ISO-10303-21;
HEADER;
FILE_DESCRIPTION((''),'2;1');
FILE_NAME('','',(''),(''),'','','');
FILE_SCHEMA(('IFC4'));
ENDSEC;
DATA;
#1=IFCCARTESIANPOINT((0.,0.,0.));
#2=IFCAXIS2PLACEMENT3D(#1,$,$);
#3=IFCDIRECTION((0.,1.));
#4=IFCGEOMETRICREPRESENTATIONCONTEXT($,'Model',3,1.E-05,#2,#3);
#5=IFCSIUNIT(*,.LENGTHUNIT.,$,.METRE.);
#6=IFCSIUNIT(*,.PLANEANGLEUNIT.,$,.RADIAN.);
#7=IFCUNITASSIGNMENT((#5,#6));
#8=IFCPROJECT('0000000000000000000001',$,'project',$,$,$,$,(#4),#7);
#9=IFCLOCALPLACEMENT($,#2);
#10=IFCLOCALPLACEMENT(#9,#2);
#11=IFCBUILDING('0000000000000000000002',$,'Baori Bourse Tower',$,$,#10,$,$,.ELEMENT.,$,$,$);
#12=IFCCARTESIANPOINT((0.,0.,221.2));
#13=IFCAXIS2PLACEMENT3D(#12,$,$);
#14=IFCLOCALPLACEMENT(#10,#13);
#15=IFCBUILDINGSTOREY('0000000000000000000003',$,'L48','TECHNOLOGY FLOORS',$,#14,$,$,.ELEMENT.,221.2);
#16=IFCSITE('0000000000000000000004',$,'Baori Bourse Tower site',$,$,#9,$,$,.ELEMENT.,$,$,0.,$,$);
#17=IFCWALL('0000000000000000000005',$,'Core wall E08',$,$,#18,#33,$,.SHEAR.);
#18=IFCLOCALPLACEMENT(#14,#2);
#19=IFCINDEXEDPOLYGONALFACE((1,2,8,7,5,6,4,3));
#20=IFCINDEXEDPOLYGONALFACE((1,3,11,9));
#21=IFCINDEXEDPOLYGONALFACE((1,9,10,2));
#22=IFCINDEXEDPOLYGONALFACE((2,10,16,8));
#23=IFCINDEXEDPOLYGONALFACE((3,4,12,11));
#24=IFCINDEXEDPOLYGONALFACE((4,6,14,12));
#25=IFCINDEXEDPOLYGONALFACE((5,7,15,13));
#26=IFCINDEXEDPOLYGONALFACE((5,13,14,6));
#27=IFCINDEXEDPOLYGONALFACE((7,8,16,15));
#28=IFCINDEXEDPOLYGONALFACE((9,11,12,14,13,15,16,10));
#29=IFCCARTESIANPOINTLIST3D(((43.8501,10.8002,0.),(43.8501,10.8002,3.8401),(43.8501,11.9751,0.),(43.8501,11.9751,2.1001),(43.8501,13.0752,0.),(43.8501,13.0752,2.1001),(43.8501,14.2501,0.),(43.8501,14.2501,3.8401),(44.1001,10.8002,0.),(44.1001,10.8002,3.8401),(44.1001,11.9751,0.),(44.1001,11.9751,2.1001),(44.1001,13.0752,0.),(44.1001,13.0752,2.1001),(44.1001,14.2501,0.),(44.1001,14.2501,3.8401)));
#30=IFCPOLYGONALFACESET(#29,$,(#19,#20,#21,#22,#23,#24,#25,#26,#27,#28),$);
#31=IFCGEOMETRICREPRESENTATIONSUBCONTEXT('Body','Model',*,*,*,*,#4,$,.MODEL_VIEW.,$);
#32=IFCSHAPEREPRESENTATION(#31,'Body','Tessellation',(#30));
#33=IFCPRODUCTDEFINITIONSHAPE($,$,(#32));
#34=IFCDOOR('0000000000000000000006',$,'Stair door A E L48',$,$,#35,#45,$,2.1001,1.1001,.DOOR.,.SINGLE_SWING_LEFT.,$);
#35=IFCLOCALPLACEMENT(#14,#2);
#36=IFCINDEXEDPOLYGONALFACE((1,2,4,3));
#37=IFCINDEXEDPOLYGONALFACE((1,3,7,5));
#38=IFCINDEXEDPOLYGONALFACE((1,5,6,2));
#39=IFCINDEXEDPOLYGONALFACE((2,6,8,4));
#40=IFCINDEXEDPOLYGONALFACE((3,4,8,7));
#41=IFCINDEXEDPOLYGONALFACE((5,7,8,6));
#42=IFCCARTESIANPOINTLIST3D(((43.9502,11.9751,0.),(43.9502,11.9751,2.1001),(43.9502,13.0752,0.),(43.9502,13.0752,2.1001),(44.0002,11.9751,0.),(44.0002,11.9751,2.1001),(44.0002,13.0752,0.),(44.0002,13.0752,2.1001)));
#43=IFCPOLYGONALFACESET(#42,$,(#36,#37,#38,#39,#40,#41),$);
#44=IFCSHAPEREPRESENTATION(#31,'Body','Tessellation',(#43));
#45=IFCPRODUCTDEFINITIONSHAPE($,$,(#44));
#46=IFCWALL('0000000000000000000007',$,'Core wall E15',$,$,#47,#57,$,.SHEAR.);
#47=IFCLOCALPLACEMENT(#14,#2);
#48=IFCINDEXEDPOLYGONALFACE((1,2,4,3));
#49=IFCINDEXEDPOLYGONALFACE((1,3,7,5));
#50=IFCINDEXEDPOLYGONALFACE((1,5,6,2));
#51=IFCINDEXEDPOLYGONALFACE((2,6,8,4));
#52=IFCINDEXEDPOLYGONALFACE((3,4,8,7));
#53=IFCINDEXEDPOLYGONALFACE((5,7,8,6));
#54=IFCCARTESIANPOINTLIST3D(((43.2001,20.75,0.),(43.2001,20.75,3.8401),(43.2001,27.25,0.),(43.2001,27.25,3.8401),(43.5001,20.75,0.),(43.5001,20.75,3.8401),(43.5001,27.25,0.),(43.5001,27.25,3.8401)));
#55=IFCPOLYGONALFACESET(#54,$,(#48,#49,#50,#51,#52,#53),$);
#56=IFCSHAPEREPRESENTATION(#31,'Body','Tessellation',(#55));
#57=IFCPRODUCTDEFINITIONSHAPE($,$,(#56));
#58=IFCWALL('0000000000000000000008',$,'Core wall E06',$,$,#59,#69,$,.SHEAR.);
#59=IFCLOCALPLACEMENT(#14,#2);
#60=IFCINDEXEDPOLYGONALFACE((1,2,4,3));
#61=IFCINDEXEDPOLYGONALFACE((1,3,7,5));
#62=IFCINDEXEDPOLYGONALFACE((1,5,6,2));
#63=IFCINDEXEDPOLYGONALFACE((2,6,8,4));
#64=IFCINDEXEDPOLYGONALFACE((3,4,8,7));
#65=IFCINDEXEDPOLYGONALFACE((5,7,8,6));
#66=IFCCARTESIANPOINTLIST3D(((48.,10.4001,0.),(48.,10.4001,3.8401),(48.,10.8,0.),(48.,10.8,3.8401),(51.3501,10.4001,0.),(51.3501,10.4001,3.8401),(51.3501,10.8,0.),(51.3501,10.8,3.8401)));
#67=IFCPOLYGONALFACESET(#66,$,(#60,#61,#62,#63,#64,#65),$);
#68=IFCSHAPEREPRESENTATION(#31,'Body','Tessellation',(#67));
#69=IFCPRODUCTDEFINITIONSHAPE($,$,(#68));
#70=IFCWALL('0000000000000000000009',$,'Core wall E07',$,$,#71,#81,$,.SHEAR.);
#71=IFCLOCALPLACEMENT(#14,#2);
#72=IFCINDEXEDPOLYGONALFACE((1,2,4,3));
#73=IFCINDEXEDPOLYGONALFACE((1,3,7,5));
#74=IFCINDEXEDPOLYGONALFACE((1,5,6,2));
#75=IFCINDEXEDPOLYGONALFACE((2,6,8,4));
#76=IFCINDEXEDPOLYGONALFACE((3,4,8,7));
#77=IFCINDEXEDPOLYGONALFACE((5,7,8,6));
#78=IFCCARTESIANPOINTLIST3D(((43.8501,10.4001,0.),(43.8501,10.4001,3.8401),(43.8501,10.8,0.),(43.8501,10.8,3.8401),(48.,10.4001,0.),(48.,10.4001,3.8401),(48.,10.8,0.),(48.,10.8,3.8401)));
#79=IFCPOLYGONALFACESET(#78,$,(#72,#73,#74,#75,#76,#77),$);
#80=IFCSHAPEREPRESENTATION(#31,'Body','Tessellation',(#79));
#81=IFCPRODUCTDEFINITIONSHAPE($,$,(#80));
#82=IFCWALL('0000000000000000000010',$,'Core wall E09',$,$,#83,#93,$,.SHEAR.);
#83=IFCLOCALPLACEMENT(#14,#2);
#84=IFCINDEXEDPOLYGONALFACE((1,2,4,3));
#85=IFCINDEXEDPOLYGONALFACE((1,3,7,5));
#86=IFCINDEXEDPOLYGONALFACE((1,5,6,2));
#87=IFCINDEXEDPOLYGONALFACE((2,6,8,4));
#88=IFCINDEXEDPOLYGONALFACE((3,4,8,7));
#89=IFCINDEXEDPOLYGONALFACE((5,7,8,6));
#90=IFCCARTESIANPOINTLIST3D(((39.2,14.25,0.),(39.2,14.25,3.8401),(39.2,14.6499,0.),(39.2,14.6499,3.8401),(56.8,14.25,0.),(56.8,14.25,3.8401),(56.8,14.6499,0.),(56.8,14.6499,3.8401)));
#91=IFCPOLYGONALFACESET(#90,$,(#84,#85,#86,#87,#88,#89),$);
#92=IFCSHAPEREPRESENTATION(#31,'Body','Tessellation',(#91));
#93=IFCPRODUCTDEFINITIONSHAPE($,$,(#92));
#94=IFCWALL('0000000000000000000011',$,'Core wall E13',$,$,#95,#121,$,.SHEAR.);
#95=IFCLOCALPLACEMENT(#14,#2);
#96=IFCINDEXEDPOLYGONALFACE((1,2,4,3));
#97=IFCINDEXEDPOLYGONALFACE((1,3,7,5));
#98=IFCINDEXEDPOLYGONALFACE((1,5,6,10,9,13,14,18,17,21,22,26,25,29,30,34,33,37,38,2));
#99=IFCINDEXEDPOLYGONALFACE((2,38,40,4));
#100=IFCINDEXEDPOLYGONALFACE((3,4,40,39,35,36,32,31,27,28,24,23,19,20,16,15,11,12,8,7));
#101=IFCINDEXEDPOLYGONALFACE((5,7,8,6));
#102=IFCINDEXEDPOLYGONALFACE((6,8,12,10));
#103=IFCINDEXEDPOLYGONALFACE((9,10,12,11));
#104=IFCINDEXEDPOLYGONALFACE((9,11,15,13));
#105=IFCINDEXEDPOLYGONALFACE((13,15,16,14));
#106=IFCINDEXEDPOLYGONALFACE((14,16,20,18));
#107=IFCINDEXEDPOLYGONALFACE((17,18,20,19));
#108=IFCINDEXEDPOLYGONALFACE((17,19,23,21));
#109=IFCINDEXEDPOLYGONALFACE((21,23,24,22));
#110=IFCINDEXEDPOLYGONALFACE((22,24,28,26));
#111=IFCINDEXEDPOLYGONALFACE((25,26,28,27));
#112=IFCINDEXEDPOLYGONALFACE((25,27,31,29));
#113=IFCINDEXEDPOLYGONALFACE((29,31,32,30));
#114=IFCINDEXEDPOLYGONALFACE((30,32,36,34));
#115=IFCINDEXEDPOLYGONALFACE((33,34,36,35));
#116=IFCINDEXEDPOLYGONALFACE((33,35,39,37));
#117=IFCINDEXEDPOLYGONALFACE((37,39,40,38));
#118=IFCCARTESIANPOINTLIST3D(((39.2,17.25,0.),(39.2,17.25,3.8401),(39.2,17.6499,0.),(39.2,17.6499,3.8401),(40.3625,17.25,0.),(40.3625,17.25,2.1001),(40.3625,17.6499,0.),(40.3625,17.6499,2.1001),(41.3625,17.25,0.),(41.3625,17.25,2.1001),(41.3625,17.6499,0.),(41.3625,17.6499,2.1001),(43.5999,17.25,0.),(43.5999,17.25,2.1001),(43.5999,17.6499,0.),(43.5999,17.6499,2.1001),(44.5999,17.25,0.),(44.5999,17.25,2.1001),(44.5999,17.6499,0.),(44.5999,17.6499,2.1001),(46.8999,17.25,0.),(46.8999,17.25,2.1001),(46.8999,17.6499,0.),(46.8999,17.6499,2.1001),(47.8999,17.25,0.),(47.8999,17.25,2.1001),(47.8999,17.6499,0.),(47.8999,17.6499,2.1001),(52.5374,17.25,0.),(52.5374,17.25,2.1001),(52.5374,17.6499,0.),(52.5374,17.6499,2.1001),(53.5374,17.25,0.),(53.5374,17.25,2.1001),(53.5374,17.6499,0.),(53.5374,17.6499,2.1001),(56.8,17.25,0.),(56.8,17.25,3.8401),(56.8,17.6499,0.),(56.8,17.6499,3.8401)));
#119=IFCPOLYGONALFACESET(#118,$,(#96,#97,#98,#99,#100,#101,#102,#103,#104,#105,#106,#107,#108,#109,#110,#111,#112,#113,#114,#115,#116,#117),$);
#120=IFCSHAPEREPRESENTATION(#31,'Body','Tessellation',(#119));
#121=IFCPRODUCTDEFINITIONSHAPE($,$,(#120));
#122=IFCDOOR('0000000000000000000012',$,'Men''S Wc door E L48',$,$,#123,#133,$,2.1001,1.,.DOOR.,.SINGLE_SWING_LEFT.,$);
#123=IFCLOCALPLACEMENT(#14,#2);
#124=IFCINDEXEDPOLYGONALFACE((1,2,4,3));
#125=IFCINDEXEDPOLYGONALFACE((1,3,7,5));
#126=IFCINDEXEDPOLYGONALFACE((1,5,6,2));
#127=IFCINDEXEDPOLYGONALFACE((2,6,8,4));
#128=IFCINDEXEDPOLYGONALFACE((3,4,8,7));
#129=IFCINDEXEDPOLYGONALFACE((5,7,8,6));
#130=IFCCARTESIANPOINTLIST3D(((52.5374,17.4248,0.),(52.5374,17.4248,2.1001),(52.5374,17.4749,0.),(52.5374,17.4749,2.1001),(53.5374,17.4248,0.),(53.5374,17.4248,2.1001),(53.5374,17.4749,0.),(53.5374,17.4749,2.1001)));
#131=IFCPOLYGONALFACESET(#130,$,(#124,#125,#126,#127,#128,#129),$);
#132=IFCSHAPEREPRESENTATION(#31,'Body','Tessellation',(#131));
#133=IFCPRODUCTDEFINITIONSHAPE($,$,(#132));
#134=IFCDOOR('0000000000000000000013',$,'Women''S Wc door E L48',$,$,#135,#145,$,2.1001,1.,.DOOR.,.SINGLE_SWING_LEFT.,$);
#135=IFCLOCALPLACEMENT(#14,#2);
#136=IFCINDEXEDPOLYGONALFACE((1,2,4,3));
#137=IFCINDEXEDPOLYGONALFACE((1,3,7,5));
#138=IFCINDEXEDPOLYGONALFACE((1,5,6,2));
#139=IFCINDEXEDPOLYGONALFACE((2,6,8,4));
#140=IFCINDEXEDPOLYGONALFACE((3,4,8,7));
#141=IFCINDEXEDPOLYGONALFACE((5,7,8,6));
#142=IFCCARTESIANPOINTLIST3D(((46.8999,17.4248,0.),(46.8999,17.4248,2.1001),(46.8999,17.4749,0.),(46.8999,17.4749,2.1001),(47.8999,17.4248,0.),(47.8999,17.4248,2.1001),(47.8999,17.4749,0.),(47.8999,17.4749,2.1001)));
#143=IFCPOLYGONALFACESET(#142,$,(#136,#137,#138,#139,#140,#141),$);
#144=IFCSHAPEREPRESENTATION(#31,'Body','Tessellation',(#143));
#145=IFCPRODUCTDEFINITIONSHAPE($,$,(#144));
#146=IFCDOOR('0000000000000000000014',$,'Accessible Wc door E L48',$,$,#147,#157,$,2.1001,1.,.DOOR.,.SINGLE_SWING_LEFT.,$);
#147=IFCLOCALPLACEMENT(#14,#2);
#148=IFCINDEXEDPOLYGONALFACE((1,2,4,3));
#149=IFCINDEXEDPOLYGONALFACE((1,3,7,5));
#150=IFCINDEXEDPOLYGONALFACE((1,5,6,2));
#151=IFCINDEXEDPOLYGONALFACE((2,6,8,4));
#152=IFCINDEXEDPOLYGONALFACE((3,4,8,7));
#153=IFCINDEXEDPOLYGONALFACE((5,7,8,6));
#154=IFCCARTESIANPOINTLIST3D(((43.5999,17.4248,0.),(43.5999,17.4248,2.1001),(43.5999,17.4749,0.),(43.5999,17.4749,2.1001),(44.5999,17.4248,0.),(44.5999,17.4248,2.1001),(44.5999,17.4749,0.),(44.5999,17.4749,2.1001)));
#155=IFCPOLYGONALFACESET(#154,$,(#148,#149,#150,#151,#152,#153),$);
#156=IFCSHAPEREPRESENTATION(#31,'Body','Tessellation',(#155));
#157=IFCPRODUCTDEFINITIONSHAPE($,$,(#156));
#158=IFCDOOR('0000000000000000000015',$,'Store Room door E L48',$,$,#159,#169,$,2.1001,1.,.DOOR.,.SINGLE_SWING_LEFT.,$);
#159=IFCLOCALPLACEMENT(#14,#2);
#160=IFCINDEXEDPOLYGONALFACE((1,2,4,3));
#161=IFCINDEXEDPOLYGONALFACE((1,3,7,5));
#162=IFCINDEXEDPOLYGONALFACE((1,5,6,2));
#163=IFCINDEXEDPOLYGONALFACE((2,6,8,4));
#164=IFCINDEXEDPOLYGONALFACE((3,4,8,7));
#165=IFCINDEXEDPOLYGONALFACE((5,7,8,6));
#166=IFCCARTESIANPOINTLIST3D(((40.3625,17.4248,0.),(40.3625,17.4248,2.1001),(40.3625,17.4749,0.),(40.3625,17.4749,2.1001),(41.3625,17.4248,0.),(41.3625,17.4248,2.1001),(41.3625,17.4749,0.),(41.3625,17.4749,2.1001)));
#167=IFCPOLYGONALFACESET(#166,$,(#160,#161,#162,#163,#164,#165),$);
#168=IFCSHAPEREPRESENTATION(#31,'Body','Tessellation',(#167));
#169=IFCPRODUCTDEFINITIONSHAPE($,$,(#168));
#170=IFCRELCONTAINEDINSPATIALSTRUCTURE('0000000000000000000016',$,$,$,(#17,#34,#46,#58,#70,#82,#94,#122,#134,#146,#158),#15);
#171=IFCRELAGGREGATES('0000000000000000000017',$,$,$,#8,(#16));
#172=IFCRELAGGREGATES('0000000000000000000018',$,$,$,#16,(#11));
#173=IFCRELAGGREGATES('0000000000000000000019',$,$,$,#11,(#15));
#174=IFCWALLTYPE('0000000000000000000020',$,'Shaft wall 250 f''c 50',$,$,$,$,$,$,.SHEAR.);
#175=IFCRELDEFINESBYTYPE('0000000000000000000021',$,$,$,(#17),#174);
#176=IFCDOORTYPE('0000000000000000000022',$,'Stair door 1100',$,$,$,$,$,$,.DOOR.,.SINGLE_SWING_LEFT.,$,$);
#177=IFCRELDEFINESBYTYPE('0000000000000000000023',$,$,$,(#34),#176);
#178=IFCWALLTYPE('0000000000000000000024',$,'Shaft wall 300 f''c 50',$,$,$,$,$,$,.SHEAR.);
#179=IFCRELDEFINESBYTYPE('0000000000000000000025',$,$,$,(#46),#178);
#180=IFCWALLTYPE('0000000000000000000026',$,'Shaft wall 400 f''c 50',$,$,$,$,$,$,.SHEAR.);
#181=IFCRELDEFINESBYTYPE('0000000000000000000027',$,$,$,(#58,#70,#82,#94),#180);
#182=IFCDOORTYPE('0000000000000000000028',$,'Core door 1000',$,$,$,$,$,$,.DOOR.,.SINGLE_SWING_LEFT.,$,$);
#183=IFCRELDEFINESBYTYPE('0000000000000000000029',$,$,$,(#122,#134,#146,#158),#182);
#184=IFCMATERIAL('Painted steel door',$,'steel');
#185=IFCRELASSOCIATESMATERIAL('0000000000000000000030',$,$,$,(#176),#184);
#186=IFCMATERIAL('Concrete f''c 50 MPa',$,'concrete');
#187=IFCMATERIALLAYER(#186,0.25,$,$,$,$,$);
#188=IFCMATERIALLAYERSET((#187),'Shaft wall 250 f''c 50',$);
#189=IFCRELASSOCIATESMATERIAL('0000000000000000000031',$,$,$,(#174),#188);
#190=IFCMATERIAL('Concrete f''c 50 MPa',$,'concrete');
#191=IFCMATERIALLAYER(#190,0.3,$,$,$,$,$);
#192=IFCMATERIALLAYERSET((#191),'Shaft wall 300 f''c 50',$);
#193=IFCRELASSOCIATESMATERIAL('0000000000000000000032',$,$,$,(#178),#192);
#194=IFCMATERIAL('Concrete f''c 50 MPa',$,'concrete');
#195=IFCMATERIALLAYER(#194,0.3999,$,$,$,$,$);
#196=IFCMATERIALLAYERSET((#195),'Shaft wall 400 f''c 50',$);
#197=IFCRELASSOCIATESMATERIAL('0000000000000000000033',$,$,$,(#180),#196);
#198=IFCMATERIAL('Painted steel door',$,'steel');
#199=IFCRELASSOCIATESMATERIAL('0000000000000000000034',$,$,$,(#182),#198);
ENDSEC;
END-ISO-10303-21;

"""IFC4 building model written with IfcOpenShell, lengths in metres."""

from ifc_helpers import new_model, si_unit, direction, frame, frame_2d, origin, place, context, subcontext, project, spatial, rectangle, extrude, material, layer, layer_set, type_object, element, fill, save


model = new_model("IFC4")

# Units and contexts
model_context = context("Model", 3, precision=1e-05, world=origin(), true_north=direction((0.0, 1.0)))
body_context = subcontext(model_context, "Body", "Model", "MODEL_VIEW")
ifc_project = project(units=[si_unit("LENGTHUNIT", "METRE"), si_unit("PLANEANGLEUNIT", "RADIAN")], contexts=[model_context])

# Site, building, storey
site_placement = place(None, origin())
site = spatial("IfcSite", under=ifc_project, at=site_placement, Name="Baori Bourse Tower site", CompositionType="ELEMENT", RefElevation=0.0)
building_placement = place(site_placement, origin())
building = spatial("IfcBuilding", under=site, at=building_placement, Name="Baori Bourse Tower", CompositionType="ELEMENT")
storey_placement = place(building_placement, frame((0.0, 0.0, 221.2)))
storey = spatial("IfcBuildingStorey", under=building, at=storey_placement, Name="L48", Description="TECHNOLOGY FLOORS", CompositionType="ELEMENT", Elevation=221.2)

# Wall, opening, door
ifc_material_1 = material(Name="Painted steel door", Category="steel")
door_type_1 = type_object("IfcDoorType", Name="Stair door 1100", OperationType="SINGLE_SWING_LEFT", PredefinedType="DOOR", material=ifc_material_1)
ifc_material_2 = material(Name="Concrete f'c 50 MPa", Category="concrete")
ifc_layer_1 = layer(ifc_material_2, 0.25)
ifc_layer_set_1 = layer_set([ifc_layer_1], Name="Shaft wall 250 f'c 50")
wall_type_1 = type_object("IfcWallType", Name="Shaft wall 250 f'c 50", PredefinedType="SHEAR", material=ifc_layer_set_1)
wall_1_placement = place(storey_placement, frame((43.9751, 10.8, 0.0), z_axis=(0.0, 0.0, 1.0), x_axis=(0.0, 1.0, 0.0)))
wall_1 = element("IfcWall", 1, at=wall_1_placement, inside=storey, type_object=wall_type_1, Name="Core wall E08", PredefinedType="SHEAR", context=body_context, shape_type="SweptSolid", body=[
    extrude(rectangle(XDim=3.45, YDim=0.25, at=frame_2d((1.7251, 0.0))), origin(), (0.0, 0.0, 1.0), 3.8401),
])
opening_1_placement = place(wall_1_placement, frame((1.175, 0.0, 0.0)))
opening_1 = element("IfcOpeningElement", 2, at=opening_1_placement, cuts=wall_1, PredefinedType="OPENING", context=body_context, shape_type="SweptSolid", body=[
    extrude(rectangle(XDim=1.1001, YDim=2.1001, at=frame_2d((0.55, 1.05))), frame((0.0, 0.135, 0.0), z_axis=(0.0, -1.0, 0.0), x_axis=(1.0, 0.0, 0.0)), (0.0, 0.0, 1.0), 0.27),
])
door_1_placement = place(opening_1_placement, origin())
door_1 = element("IfcDoor", 3, at=door_1_placement, inside=storey, type_object=door_type_1, Name="Stair door A E L48", OperationType="SINGLE_SWING_LEFT", OverallHeight=2.1001, OverallWidth=1.1001, PredefinedType="DOOR", context=body_context, shape_type="SweptSolid", body=[
    extrude(rectangle(XDim=1.1001, YDim=2.1001, at=frame_2d((0.55, 1.05))), frame((0.0, 0.0249, 0.0), z_axis=(0.0, -1.0, 0.0), x_axis=(1.0, 0.0, 0.0)), (0.0, 0.0, 1.0), 0.05),
])
fill(opening_1, door_1)

# Walls
ifc_material_3 = material(Name="Concrete f'c 50 MPa", Category="concrete")
ifc_layer_2 = layer(ifc_material_3, 0.3)
ifc_layer_set_2 = layer_set([ifc_layer_2], Name="Shaft wall 300 f'c 50")
wall_type_2 = type_object("IfcWallType", Name="Shaft wall 300 f'c 50", PredefinedType="SHEAR", material=ifc_layer_set_2)
wall_2_placement = place(storey_placement, frame((43.3501, 20.75, 0.0), z_axis=(0.0, 0.0, 1.0), x_axis=(0.0, 1.0, 0.0)))
element("IfcWall", 4, at=wall_2_placement, inside=storey, type_object=wall_type_2, Name="Core wall E15", PredefinedType="SHEAR", context=body_context, shape_type="SweptSolid", body=[
    extrude(rectangle(XDim=6.5, YDim=0.3, at=frame_2d((3.25, 0.0))), origin(), (0.0, 0.0, 1.0), 3.8401),
])
ifc_material_4 = material(Name="Concrete f'c 50 MPa", Category="concrete")
ifc_layer_3 = layer(ifc_material_4, 0.3999)
ifc_layer_set_3 = layer_set([ifc_layer_3], Name="Shaft wall 400 f'c 50")
wall_type_3 = type_object("IfcWallType", Name="Shaft wall 400 f'c 50", PredefinedType="SHEAR", material=ifc_layer_set_3)
wall_3_placement = place(storey_placement, frame((48.0, 10.6001, 0.0), z_axis=(0.0, 0.0, 1.0), x_axis=(1.0, 0.0, 0.0)))
element("IfcWall", 5, at=wall_3_placement, inside=storey, type_object=wall_type_3, Name="Core wall E06", PredefinedType="SHEAR", context=body_context, shape_type="SweptSolid", body=[
    extrude(rectangle(XDim=3.3501, YDim=0.3999, at=frame_2d((1.675, 0.0))), origin(), (0.0, 0.0, 1.0), 3.8401),
])
wall_4_placement = place(storey_placement, frame((43.8501, 10.6001, 0.0), z_axis=(0.0, 0.0, 1.0), x_axis=(1.0, 0.0, 0.0)))
element("IfcWall", 6, at=wall_4_placement, inside=storey, type_object=wall_type_3, Name="Core wall E07", PredefinedType="SHEAR", context=body_context, shape_type="SweptSolid", body=[
    extrude(rectangle(XDim=4.1499, YDim=0.3999, at=frame_2d((2.075, 0.0))), origin(), (0.0, 0.0, 1.0), 3.8401),
])
wall_5_placement = place(storey_placement, frame((39.2, 14.45, 0.0), z_axis=(0.0, 0.0, 1.0), x_axis=(1.0, 0.0, 0.0)))
element("IfcWall", 7, at=wall_5_placement, inside=storey, type_object=wall_type_3, Name="Core wall E09", PredefinedType="SHEAR", context=body_context, shape_type="SweptSolid", body=[
    extrude(rectangle(XDim=17.6001, YDim=0.3999, at=frame_2d((8.8, 0.0))), origin(), (0.0, 0.0, 1.0), 3.8401),
])

# Wall, openings, doors
wall_6_placement = place(storey_placement, frame((39.2, 17.45, 0.0), z_axis=(0.0, 0.0, 1.0), x_axis=(1.0, 0.0, 0.0)))
wall_6 = element("IfcWall", 8, at=wall_6_placement, inside=storey, type_object=wall_type_3, Name="Core wall E13", PredefinedType="SHEAR", context=body_context, shape_type="SweptSolid", body=[
    extrude(rectangle(XDim=17.6001, YDim=0.3999, at=frame_2d((8.8, 0.0))), origin(), (0.0, 0.0, 1.0), 3.8401),
])
opening_2_placement = place(wall_6_placement, frame((13.3374, 0.0, 0.0)))
opening_2 = element("IfcOpeningElement", 9, at=opening_2_placement, cuts=wall_6, PredefinedType="OPENING", context=body_context, shape_type="SweptSolid", body=[
    extrude(rectangle(XDim=1.0, YDim=2.1001, at=frame_2d((0.5, 1.05))), frame((0.0, 0.21, 0.0), z_axis=(0.0, -1.0, 0.0), x_axis=(1.0, 0.0, 0.0)), (0.0, 0.0, 1.0), 0.4199),
])
opening_3_placement = place(wall_6_placement, frame((7.7, 0.0, 0.0)))
opening_3 = element("IfcOpeningElement", 10, at=opening_3_placement, cuts=wall_6, PredefinedType="OPENING", context=body_context, shape_type="SweptSolid", body=[
    extrude(rectangle(XDim=1.0, YDim=2.1001, at=frame_2d((0.5, 1.05))), frame((0.0, 0.21, 0.0), z_axis=(0.0, -1.0, 0.0), x_axis=(1.0, 0.0, 0.0)), (0.0, 0.0, 1.0), 0.4199),
])
opening_4_placement = place(wall_6_placement, frame((4.3999, 0.0, 0.0)))
opening_4 = element("IfcOpeningElement", 11, at=opening_4_placement, cuts=wall_6, PredefinedType="OPENING", context=body_context, shape_type="SweptSolid", body=[
    extrude(rectangle(XDim=1.0, YDim=2.1001, at=frame_2d((0.5, 1.05))), frame((0.0, 0.21, 0.0), z_axis=(0.0, -1.0, 0.0), x_axis=(1.0, 0.0, 0.0)), (0.0, 0.0, 1.0), 0.4199),
])
opening_5_placement = place(wall_6_placement, frame((1.1626, 0.0, 0.0)))
opening_5 = element("IfcOpeningElement", 12, at=opening_5_placement, cuts=wall_6, PredefinedType="OPENING", context=body_context, shape_type="SweptSolid", body=[
    extrude(rectangle(XDim=1.0, YDim=2.1001, at=frame_2d((0.5, 1.05))), frame((0.0, 0.21, 0.0), z_axis=(0.0, -1.0, 0.0), x_axis=(1.0, 0.0, 0.0)), (0.0, 0.0, 1.0), 0.4199),
])
ifc_material_5 = material(Name="Painted steel door", Category="steel")
door_type_2 = type_object("IfcDoorType", Name="Core door 1000", OperationType="SINGLE_SWING_LEFT", PredefinedType="DOOR", material=ifc_material_5)
door_2_placement = place(opening_2_placement, origin())
door_2 = element("IfcDoor", 13, at=door_2_placement, inside=storey, type_object=door_type_2, Name="Men'S Wc door E L48", OperationType="SINGLE_SWING_LEFT", OverallHeight=2.1001, OverallWidth=1.0, PredefinedType="DOOR", context=body_context, shape_type="SweptSolid", body=[
    extrude(rectangle(XDim=1.0, YDim=2.1001, at=frame_2d((0.5, 1.05))), frame((0.0, 0.0249, 0.0), z_axis=(0.0, -1.0, 0.0), x_axis=(1.0, 0.0, 0.0)), (0.0, 0.0, 1.0), 0.05),
])
fill(opening_2, door_2)
door_3_placement = place(opening_3_placement, origin())
door_3 = element("IfcDoor", 14, at=door_3_placement, inside=storey, type_object=door_type_2, Name="Women'S Wc door E L48", OperationType="SINGLE_SWING_LEFT", OverallHeight=2.1001, OverallWidth=1.0, PredefinedType="DOOR", context=body_context, shape_type="SweptSolid", body=[
    extrude(rectangle(XDim=1.0, YDim=2.1001, at=frame_2d((0.5, 1.05))), frame((0.0, 0.0249, 0.0), z_axis=(0.0, -1.0, 0.0), x_axis=(1.0, 0.0, 0.0)), (0.0, 0.0, 1.0), 0.05),
])
fill(opening_3, door_3)
door_4_placement = place(opening_4_placement, origin())
door_4 = element("IfcDoor", 15, at=door_4_placement, inside=storey, type_object=door_type_2, Name="Accessible Wc door E L48", OperationType="SINGLE_SWING_LEFT", OverallHeight=2.1001, OverallWidth=1.0, PredefinedType="DOOR", context=body_context, shape_type="SweptSolid", body=[
    extrude(rectangle(XDim=1.0, YDim=2.1001, at=frame_2d((0.5, 1.05))), frame((0.0, 0.0249, 0.0), z_axis=(0.0, -1.0, 0.0), x_axis=(1.0, 0.0, 0.0)), (0.0, 0.0, 1.0), 0.05),
])
fill(opening_4, door_4)
door_5_placement = place(opening_5_placement, origin())
door_5 = element("IfcDoor", 16, at=door_5_placement, inside=storey, type_object=door_type_2, Name="Store Room door E L48", OperationType="SINGLE_SWING_LEFT", OverallHeight=2.1001, OverallWidth=1.0, PredefinedType="DOOR", context=body_context, shape_type="SweptSolid", body=[
    extrude(rectangle(XDim=1.0, YDim=2.1001, at=frame_2d((0.5, 1.05))), frame((0.0, 0.0249, 0.0), z_axis=(0.0, -1.0, 0.0), x_axis=(1.0, 0.0, 0.0)), (0.0, 0.0, 1.0), 0.05),
])
fill(opening_5, door_5)

save(model, "model.ifc")
